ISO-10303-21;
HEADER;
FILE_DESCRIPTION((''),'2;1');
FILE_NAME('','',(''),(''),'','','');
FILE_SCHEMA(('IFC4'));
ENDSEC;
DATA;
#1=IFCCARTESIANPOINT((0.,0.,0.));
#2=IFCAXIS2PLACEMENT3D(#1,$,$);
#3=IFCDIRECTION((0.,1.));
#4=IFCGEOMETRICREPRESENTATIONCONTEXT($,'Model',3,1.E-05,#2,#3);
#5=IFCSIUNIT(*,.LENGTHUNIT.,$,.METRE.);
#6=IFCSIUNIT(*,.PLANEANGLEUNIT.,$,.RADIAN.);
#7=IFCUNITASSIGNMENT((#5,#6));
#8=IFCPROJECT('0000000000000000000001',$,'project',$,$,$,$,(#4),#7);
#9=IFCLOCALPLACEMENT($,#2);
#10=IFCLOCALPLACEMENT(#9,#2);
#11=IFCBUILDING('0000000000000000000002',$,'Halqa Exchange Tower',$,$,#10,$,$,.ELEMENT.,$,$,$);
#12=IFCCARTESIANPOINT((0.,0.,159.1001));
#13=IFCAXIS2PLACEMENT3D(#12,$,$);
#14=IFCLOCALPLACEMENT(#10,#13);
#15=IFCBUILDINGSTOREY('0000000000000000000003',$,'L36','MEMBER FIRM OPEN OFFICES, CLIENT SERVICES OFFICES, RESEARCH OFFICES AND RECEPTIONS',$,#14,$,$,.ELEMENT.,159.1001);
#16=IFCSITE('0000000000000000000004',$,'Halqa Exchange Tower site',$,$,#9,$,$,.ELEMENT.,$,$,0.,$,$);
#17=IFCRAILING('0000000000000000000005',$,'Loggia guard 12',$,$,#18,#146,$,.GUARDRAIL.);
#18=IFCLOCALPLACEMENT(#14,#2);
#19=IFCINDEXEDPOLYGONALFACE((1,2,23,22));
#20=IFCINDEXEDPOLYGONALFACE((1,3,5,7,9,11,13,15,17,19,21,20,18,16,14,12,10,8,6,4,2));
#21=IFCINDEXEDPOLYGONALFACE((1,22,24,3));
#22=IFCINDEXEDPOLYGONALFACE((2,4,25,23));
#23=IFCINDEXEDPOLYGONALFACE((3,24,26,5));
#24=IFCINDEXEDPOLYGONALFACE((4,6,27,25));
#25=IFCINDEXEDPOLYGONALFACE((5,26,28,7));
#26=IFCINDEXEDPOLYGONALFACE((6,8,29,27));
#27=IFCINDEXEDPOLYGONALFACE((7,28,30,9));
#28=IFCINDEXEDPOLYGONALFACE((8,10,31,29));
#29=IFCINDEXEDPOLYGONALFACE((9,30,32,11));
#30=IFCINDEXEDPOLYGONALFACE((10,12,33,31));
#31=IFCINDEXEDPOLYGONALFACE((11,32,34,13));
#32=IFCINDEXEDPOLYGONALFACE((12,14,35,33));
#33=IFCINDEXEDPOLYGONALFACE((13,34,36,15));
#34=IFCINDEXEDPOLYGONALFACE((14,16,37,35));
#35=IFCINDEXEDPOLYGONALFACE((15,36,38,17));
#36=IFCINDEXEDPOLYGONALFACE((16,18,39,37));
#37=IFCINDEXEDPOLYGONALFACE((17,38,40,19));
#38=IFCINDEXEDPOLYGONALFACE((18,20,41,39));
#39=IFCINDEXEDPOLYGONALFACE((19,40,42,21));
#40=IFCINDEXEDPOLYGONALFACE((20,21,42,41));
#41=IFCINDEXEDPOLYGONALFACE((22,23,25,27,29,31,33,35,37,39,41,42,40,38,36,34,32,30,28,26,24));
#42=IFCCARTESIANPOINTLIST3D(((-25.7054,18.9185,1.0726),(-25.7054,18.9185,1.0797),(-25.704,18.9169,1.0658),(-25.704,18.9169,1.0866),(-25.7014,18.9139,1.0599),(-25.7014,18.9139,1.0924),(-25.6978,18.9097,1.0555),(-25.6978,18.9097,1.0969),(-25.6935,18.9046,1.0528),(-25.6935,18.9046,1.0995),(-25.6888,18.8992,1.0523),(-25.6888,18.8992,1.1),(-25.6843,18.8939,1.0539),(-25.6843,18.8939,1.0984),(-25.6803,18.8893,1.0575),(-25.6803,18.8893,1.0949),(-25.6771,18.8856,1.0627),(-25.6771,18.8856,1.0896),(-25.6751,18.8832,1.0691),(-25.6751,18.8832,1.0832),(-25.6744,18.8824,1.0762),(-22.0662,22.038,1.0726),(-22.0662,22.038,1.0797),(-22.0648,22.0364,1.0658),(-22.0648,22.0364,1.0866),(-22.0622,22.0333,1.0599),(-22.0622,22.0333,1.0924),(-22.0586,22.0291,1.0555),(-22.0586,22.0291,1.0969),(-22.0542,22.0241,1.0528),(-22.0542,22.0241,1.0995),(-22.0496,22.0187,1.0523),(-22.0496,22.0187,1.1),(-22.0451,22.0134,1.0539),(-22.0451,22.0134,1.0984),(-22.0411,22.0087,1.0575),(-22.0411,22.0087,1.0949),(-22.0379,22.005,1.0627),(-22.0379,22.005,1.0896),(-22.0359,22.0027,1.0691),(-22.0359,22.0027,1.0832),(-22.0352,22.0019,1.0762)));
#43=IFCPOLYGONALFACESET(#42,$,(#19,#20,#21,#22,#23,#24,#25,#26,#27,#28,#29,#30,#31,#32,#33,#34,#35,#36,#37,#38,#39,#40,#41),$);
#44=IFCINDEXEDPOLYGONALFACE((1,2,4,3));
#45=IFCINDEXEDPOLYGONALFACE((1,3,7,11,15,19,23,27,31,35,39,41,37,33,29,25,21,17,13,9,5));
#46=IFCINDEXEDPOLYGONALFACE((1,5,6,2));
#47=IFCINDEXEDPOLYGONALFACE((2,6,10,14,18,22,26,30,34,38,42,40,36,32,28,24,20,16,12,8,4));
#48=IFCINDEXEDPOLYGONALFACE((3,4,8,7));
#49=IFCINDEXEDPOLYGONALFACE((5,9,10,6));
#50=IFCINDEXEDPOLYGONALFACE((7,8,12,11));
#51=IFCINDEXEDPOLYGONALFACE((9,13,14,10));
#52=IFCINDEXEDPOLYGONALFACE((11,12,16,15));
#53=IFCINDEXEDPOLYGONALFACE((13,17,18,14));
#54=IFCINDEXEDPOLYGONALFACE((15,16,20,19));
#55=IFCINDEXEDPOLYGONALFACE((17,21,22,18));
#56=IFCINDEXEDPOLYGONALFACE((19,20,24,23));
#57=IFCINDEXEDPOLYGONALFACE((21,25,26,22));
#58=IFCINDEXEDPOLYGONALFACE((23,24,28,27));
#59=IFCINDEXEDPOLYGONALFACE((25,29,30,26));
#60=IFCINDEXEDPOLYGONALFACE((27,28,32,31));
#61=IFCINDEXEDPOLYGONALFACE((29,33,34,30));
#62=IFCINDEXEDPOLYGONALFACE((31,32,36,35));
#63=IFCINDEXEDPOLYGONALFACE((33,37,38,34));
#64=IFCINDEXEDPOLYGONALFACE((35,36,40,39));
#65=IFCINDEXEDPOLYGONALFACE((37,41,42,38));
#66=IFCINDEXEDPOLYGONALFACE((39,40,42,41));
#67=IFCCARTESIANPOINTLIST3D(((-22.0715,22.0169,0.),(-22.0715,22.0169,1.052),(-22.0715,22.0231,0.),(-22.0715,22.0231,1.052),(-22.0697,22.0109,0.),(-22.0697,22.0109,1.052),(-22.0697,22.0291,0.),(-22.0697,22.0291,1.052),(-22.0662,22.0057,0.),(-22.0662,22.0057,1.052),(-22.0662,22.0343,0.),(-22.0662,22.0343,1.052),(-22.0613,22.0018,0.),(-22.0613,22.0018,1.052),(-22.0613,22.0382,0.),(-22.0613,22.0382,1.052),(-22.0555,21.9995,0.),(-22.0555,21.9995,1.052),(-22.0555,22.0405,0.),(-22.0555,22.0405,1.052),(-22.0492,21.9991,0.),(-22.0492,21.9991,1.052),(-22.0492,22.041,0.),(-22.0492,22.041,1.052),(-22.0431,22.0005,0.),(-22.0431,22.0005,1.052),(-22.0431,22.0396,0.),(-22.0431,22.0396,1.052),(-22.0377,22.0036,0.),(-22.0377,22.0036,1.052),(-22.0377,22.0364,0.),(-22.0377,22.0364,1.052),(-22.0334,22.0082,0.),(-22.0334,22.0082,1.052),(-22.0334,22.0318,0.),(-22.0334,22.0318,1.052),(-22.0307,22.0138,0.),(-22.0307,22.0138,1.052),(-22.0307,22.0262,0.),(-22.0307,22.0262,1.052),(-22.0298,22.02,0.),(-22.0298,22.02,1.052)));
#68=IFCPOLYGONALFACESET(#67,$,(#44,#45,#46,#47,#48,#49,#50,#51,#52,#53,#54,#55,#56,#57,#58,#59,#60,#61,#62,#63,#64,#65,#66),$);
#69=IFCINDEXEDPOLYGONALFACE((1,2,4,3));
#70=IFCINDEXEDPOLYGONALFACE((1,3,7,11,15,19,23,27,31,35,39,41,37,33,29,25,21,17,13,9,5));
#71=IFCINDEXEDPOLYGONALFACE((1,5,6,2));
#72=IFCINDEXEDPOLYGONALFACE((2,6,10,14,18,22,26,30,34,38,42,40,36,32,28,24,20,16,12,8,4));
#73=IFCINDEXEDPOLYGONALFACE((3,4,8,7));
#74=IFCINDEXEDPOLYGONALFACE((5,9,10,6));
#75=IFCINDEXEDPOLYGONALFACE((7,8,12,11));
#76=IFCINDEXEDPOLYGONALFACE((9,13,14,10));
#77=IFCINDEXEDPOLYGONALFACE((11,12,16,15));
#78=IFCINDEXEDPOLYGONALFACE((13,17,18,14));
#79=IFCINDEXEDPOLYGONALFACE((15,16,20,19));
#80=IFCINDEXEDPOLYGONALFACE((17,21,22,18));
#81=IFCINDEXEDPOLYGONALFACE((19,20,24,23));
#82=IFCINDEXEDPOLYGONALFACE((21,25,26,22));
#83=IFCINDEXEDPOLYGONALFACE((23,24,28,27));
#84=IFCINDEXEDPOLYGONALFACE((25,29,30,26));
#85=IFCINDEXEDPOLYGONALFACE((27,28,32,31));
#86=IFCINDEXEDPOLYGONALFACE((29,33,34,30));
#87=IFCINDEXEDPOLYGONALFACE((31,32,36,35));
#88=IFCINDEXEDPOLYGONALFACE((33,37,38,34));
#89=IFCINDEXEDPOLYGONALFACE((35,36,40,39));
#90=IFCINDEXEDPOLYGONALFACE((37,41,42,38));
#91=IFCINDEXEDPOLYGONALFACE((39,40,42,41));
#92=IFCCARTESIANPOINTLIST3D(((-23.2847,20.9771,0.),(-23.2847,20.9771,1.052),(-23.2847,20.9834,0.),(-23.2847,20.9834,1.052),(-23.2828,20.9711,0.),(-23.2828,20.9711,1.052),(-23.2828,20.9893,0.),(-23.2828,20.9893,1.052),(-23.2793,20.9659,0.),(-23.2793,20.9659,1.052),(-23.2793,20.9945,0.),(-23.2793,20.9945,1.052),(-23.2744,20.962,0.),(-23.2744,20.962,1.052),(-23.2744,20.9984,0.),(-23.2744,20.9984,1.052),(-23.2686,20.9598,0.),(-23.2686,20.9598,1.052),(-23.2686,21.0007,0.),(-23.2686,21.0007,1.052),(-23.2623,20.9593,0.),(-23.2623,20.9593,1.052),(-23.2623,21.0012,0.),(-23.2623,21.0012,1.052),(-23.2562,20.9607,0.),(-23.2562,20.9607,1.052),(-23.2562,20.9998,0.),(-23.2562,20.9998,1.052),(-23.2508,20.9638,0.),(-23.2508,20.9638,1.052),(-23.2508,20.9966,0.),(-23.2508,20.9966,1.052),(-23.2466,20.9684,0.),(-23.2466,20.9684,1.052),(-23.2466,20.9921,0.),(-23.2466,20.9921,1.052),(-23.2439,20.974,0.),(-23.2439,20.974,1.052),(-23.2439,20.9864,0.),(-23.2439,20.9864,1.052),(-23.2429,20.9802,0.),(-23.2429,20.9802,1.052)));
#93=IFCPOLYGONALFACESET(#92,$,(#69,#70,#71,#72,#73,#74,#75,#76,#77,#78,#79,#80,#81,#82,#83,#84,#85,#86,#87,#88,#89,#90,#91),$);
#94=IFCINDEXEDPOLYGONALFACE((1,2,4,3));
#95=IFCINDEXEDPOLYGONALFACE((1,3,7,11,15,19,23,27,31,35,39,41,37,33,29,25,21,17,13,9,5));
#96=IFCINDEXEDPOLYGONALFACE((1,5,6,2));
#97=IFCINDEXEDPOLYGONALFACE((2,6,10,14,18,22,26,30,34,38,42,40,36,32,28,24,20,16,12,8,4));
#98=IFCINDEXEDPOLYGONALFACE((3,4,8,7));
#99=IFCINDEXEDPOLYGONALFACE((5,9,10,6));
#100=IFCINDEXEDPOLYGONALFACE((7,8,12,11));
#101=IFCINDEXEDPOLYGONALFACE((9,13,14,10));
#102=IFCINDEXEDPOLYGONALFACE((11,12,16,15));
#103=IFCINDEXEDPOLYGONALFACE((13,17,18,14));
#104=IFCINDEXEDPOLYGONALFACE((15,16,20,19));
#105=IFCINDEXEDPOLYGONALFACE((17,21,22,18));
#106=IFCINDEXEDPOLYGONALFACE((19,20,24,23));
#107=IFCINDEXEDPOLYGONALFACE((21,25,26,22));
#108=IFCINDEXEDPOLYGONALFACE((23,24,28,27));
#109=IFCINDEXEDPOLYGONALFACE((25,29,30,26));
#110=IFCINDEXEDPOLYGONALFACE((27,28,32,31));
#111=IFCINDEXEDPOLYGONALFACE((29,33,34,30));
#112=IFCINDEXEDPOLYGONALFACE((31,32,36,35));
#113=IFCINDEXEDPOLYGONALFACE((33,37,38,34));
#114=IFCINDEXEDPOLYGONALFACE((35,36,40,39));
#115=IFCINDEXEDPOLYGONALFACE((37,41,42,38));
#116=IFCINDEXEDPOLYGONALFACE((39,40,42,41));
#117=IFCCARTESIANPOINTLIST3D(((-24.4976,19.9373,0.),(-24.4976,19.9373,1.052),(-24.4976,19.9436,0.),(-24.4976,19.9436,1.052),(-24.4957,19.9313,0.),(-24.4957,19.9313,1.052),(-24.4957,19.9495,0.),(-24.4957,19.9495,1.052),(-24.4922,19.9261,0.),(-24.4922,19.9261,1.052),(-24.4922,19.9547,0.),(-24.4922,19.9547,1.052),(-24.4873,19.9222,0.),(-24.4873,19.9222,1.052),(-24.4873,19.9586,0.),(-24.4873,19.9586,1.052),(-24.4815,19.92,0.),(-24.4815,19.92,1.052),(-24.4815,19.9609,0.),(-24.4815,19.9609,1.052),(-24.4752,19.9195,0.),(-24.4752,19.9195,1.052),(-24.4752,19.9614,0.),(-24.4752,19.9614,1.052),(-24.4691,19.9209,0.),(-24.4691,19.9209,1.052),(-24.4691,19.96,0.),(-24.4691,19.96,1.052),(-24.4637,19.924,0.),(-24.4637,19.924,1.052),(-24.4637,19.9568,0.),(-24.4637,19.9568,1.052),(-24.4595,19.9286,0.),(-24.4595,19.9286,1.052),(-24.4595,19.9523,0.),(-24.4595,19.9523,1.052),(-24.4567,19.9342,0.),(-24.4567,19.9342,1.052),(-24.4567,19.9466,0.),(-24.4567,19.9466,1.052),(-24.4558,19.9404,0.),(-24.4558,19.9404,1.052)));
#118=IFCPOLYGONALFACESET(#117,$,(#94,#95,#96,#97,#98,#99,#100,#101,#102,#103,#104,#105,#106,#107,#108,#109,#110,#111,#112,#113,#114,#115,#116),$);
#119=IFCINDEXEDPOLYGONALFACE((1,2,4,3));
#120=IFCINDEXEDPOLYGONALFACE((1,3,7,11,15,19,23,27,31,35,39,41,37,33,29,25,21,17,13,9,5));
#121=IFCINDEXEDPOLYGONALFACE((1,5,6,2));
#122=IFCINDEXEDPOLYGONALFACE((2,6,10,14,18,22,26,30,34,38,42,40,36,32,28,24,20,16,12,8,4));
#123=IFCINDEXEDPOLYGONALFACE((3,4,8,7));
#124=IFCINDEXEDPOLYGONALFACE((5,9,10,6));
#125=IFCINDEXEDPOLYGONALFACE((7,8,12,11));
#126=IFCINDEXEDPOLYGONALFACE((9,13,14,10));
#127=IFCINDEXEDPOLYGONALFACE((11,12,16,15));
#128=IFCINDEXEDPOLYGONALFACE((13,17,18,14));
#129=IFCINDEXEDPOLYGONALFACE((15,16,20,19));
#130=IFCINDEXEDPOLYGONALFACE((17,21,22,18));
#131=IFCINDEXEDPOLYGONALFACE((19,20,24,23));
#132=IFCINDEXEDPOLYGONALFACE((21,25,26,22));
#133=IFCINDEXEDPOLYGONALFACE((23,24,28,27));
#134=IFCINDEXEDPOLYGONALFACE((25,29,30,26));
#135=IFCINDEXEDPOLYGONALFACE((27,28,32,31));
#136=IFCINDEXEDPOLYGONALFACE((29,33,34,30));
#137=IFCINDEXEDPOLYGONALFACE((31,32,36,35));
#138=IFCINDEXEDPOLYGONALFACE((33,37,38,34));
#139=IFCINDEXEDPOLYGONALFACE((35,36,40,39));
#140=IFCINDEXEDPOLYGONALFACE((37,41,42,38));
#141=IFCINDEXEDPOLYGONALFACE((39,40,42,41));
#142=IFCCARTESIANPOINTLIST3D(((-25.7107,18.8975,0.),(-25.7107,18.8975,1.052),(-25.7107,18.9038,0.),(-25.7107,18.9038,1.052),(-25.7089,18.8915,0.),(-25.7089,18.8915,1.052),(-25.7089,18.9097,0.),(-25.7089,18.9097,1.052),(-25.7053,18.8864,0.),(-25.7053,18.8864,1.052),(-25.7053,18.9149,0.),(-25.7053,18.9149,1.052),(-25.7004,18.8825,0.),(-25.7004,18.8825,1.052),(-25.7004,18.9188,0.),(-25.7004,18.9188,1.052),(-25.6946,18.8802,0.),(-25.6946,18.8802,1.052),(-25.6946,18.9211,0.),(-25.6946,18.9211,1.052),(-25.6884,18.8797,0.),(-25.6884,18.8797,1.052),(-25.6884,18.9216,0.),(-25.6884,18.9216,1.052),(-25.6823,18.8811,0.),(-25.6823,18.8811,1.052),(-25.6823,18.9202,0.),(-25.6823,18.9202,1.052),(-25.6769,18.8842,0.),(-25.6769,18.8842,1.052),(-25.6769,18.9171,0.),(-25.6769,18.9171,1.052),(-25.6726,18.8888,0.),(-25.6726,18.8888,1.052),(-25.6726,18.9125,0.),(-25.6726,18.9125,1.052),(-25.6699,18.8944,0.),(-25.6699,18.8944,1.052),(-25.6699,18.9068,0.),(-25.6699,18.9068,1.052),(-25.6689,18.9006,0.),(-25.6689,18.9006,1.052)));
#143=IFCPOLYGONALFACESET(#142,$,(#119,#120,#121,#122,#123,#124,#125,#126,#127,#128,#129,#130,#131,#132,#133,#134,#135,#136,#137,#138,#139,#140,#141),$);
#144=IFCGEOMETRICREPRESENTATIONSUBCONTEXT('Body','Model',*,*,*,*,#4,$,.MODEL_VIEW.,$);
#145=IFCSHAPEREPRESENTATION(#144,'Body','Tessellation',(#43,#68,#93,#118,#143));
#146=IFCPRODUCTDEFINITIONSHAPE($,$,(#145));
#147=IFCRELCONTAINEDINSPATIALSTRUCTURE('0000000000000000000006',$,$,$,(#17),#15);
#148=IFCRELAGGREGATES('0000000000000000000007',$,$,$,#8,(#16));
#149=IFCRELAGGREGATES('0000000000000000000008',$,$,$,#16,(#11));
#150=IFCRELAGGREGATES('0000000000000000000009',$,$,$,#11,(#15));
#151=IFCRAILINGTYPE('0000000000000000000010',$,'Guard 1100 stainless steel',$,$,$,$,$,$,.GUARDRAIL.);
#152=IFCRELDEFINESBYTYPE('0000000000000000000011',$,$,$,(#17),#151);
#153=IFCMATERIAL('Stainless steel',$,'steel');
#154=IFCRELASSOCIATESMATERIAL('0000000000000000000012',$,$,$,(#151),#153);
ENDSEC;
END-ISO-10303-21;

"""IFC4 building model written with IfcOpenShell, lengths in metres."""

from ifc_helpers import new_model, si_unit, direction, frame, origin, origin_2d, place, context, subcontext, project, spatial, circle, extrude, material, type_object, element, save


model = new_model("IFC4")

# Units and contexts
model_context = context("Model", 3, precision=1e-05, world=origin(), true_north=direction((0.0, 1.0)))
body_context = subcontext(model_context, "Body", "Model", "MODEL_VIEW")
ifc_project = project(units=[si_unit("LENGTHUNIT", "METRE"), si_unit("PLANEANGLEUNIT", "RADIAN")], contexts=[model_context])

# Site, building, storey
site_placement = place(None, origin())
site = spatial("IfcSite", under=ifc_project, at=site_placement, Name="Halqa Exchange Tower site", CompositionType="ELEMENT", RefElevation=0.0)
building_placement = place(site_placement, origin())
building = spatial("IfcBuilding", under=site, at=building_placement, Name="Halqa Exchange Tower", CompositionType="ELEMENT")
storey_placement = place(building_placement, frame((0.0, 0.0, 159.1001)))
storey = spatial("IfcBuildingStorey", under=building, at=storey_placement, Name="L36", Description="MEMBER FIRM OPEN OFFICES, CLIENT SERVICES OFFICES, RESEARCH OFFICES AND RECEPTIONS", CompositionType="ELEMENT", Elevation=159.1001)

# Railing
ifc_material_1 = material(Name="Stainless steel", Category="steel")
railing_type = type_object("IfcRailingType", Name="Guard 1100 stainless steel", PredefinedType="GUARDRAIL", material=ifc_material_1)
railing_1_placement = place(storey_placement, frame((-22.0508, 22.02, 0.0)))
element("IfcRailing", 1, at=railing_1_placement, inside=storey, type_object=railing_type, Name="Loggia guard 12", PredefinedType="GUARDRAIL", context=body_context, shape_type="SweptSolid", body=[
    extrude(circle(Radius=0.0239, at=origin_2d()), frame((0.0, 0.0, 1.0762), z_axis=(-0.759246, -0.650804, 0.0), x_axis=(0.650804, -0.759246, 0.0)), (0.0, 0.0, 1.0), 4.7932),
    extrude(circle(Radius=0.021, at=origin_2d()), origin(), (0.0, 0.0, 1.0), 1.052),
    extrude(circle(Radius=0.021, at=origin_2d()), frame((-1.2131, -1.0398, 0.0)), (0.0, 0.0, 1.0), 1.052),
    extrude(circle(Radius=0.021, at=origin_2d()), frame((-2.426, -2.0796, 0.0)), (0.0, 0.0, 1.0), 1.052),
    extrude(circle(Radius=0.021, at=origin_2d()), frame((-3.6392, -3.1194, 0.0)), (0.0, 0.0, 1.0), 1.052),
])

save(model, "model.ifc")
